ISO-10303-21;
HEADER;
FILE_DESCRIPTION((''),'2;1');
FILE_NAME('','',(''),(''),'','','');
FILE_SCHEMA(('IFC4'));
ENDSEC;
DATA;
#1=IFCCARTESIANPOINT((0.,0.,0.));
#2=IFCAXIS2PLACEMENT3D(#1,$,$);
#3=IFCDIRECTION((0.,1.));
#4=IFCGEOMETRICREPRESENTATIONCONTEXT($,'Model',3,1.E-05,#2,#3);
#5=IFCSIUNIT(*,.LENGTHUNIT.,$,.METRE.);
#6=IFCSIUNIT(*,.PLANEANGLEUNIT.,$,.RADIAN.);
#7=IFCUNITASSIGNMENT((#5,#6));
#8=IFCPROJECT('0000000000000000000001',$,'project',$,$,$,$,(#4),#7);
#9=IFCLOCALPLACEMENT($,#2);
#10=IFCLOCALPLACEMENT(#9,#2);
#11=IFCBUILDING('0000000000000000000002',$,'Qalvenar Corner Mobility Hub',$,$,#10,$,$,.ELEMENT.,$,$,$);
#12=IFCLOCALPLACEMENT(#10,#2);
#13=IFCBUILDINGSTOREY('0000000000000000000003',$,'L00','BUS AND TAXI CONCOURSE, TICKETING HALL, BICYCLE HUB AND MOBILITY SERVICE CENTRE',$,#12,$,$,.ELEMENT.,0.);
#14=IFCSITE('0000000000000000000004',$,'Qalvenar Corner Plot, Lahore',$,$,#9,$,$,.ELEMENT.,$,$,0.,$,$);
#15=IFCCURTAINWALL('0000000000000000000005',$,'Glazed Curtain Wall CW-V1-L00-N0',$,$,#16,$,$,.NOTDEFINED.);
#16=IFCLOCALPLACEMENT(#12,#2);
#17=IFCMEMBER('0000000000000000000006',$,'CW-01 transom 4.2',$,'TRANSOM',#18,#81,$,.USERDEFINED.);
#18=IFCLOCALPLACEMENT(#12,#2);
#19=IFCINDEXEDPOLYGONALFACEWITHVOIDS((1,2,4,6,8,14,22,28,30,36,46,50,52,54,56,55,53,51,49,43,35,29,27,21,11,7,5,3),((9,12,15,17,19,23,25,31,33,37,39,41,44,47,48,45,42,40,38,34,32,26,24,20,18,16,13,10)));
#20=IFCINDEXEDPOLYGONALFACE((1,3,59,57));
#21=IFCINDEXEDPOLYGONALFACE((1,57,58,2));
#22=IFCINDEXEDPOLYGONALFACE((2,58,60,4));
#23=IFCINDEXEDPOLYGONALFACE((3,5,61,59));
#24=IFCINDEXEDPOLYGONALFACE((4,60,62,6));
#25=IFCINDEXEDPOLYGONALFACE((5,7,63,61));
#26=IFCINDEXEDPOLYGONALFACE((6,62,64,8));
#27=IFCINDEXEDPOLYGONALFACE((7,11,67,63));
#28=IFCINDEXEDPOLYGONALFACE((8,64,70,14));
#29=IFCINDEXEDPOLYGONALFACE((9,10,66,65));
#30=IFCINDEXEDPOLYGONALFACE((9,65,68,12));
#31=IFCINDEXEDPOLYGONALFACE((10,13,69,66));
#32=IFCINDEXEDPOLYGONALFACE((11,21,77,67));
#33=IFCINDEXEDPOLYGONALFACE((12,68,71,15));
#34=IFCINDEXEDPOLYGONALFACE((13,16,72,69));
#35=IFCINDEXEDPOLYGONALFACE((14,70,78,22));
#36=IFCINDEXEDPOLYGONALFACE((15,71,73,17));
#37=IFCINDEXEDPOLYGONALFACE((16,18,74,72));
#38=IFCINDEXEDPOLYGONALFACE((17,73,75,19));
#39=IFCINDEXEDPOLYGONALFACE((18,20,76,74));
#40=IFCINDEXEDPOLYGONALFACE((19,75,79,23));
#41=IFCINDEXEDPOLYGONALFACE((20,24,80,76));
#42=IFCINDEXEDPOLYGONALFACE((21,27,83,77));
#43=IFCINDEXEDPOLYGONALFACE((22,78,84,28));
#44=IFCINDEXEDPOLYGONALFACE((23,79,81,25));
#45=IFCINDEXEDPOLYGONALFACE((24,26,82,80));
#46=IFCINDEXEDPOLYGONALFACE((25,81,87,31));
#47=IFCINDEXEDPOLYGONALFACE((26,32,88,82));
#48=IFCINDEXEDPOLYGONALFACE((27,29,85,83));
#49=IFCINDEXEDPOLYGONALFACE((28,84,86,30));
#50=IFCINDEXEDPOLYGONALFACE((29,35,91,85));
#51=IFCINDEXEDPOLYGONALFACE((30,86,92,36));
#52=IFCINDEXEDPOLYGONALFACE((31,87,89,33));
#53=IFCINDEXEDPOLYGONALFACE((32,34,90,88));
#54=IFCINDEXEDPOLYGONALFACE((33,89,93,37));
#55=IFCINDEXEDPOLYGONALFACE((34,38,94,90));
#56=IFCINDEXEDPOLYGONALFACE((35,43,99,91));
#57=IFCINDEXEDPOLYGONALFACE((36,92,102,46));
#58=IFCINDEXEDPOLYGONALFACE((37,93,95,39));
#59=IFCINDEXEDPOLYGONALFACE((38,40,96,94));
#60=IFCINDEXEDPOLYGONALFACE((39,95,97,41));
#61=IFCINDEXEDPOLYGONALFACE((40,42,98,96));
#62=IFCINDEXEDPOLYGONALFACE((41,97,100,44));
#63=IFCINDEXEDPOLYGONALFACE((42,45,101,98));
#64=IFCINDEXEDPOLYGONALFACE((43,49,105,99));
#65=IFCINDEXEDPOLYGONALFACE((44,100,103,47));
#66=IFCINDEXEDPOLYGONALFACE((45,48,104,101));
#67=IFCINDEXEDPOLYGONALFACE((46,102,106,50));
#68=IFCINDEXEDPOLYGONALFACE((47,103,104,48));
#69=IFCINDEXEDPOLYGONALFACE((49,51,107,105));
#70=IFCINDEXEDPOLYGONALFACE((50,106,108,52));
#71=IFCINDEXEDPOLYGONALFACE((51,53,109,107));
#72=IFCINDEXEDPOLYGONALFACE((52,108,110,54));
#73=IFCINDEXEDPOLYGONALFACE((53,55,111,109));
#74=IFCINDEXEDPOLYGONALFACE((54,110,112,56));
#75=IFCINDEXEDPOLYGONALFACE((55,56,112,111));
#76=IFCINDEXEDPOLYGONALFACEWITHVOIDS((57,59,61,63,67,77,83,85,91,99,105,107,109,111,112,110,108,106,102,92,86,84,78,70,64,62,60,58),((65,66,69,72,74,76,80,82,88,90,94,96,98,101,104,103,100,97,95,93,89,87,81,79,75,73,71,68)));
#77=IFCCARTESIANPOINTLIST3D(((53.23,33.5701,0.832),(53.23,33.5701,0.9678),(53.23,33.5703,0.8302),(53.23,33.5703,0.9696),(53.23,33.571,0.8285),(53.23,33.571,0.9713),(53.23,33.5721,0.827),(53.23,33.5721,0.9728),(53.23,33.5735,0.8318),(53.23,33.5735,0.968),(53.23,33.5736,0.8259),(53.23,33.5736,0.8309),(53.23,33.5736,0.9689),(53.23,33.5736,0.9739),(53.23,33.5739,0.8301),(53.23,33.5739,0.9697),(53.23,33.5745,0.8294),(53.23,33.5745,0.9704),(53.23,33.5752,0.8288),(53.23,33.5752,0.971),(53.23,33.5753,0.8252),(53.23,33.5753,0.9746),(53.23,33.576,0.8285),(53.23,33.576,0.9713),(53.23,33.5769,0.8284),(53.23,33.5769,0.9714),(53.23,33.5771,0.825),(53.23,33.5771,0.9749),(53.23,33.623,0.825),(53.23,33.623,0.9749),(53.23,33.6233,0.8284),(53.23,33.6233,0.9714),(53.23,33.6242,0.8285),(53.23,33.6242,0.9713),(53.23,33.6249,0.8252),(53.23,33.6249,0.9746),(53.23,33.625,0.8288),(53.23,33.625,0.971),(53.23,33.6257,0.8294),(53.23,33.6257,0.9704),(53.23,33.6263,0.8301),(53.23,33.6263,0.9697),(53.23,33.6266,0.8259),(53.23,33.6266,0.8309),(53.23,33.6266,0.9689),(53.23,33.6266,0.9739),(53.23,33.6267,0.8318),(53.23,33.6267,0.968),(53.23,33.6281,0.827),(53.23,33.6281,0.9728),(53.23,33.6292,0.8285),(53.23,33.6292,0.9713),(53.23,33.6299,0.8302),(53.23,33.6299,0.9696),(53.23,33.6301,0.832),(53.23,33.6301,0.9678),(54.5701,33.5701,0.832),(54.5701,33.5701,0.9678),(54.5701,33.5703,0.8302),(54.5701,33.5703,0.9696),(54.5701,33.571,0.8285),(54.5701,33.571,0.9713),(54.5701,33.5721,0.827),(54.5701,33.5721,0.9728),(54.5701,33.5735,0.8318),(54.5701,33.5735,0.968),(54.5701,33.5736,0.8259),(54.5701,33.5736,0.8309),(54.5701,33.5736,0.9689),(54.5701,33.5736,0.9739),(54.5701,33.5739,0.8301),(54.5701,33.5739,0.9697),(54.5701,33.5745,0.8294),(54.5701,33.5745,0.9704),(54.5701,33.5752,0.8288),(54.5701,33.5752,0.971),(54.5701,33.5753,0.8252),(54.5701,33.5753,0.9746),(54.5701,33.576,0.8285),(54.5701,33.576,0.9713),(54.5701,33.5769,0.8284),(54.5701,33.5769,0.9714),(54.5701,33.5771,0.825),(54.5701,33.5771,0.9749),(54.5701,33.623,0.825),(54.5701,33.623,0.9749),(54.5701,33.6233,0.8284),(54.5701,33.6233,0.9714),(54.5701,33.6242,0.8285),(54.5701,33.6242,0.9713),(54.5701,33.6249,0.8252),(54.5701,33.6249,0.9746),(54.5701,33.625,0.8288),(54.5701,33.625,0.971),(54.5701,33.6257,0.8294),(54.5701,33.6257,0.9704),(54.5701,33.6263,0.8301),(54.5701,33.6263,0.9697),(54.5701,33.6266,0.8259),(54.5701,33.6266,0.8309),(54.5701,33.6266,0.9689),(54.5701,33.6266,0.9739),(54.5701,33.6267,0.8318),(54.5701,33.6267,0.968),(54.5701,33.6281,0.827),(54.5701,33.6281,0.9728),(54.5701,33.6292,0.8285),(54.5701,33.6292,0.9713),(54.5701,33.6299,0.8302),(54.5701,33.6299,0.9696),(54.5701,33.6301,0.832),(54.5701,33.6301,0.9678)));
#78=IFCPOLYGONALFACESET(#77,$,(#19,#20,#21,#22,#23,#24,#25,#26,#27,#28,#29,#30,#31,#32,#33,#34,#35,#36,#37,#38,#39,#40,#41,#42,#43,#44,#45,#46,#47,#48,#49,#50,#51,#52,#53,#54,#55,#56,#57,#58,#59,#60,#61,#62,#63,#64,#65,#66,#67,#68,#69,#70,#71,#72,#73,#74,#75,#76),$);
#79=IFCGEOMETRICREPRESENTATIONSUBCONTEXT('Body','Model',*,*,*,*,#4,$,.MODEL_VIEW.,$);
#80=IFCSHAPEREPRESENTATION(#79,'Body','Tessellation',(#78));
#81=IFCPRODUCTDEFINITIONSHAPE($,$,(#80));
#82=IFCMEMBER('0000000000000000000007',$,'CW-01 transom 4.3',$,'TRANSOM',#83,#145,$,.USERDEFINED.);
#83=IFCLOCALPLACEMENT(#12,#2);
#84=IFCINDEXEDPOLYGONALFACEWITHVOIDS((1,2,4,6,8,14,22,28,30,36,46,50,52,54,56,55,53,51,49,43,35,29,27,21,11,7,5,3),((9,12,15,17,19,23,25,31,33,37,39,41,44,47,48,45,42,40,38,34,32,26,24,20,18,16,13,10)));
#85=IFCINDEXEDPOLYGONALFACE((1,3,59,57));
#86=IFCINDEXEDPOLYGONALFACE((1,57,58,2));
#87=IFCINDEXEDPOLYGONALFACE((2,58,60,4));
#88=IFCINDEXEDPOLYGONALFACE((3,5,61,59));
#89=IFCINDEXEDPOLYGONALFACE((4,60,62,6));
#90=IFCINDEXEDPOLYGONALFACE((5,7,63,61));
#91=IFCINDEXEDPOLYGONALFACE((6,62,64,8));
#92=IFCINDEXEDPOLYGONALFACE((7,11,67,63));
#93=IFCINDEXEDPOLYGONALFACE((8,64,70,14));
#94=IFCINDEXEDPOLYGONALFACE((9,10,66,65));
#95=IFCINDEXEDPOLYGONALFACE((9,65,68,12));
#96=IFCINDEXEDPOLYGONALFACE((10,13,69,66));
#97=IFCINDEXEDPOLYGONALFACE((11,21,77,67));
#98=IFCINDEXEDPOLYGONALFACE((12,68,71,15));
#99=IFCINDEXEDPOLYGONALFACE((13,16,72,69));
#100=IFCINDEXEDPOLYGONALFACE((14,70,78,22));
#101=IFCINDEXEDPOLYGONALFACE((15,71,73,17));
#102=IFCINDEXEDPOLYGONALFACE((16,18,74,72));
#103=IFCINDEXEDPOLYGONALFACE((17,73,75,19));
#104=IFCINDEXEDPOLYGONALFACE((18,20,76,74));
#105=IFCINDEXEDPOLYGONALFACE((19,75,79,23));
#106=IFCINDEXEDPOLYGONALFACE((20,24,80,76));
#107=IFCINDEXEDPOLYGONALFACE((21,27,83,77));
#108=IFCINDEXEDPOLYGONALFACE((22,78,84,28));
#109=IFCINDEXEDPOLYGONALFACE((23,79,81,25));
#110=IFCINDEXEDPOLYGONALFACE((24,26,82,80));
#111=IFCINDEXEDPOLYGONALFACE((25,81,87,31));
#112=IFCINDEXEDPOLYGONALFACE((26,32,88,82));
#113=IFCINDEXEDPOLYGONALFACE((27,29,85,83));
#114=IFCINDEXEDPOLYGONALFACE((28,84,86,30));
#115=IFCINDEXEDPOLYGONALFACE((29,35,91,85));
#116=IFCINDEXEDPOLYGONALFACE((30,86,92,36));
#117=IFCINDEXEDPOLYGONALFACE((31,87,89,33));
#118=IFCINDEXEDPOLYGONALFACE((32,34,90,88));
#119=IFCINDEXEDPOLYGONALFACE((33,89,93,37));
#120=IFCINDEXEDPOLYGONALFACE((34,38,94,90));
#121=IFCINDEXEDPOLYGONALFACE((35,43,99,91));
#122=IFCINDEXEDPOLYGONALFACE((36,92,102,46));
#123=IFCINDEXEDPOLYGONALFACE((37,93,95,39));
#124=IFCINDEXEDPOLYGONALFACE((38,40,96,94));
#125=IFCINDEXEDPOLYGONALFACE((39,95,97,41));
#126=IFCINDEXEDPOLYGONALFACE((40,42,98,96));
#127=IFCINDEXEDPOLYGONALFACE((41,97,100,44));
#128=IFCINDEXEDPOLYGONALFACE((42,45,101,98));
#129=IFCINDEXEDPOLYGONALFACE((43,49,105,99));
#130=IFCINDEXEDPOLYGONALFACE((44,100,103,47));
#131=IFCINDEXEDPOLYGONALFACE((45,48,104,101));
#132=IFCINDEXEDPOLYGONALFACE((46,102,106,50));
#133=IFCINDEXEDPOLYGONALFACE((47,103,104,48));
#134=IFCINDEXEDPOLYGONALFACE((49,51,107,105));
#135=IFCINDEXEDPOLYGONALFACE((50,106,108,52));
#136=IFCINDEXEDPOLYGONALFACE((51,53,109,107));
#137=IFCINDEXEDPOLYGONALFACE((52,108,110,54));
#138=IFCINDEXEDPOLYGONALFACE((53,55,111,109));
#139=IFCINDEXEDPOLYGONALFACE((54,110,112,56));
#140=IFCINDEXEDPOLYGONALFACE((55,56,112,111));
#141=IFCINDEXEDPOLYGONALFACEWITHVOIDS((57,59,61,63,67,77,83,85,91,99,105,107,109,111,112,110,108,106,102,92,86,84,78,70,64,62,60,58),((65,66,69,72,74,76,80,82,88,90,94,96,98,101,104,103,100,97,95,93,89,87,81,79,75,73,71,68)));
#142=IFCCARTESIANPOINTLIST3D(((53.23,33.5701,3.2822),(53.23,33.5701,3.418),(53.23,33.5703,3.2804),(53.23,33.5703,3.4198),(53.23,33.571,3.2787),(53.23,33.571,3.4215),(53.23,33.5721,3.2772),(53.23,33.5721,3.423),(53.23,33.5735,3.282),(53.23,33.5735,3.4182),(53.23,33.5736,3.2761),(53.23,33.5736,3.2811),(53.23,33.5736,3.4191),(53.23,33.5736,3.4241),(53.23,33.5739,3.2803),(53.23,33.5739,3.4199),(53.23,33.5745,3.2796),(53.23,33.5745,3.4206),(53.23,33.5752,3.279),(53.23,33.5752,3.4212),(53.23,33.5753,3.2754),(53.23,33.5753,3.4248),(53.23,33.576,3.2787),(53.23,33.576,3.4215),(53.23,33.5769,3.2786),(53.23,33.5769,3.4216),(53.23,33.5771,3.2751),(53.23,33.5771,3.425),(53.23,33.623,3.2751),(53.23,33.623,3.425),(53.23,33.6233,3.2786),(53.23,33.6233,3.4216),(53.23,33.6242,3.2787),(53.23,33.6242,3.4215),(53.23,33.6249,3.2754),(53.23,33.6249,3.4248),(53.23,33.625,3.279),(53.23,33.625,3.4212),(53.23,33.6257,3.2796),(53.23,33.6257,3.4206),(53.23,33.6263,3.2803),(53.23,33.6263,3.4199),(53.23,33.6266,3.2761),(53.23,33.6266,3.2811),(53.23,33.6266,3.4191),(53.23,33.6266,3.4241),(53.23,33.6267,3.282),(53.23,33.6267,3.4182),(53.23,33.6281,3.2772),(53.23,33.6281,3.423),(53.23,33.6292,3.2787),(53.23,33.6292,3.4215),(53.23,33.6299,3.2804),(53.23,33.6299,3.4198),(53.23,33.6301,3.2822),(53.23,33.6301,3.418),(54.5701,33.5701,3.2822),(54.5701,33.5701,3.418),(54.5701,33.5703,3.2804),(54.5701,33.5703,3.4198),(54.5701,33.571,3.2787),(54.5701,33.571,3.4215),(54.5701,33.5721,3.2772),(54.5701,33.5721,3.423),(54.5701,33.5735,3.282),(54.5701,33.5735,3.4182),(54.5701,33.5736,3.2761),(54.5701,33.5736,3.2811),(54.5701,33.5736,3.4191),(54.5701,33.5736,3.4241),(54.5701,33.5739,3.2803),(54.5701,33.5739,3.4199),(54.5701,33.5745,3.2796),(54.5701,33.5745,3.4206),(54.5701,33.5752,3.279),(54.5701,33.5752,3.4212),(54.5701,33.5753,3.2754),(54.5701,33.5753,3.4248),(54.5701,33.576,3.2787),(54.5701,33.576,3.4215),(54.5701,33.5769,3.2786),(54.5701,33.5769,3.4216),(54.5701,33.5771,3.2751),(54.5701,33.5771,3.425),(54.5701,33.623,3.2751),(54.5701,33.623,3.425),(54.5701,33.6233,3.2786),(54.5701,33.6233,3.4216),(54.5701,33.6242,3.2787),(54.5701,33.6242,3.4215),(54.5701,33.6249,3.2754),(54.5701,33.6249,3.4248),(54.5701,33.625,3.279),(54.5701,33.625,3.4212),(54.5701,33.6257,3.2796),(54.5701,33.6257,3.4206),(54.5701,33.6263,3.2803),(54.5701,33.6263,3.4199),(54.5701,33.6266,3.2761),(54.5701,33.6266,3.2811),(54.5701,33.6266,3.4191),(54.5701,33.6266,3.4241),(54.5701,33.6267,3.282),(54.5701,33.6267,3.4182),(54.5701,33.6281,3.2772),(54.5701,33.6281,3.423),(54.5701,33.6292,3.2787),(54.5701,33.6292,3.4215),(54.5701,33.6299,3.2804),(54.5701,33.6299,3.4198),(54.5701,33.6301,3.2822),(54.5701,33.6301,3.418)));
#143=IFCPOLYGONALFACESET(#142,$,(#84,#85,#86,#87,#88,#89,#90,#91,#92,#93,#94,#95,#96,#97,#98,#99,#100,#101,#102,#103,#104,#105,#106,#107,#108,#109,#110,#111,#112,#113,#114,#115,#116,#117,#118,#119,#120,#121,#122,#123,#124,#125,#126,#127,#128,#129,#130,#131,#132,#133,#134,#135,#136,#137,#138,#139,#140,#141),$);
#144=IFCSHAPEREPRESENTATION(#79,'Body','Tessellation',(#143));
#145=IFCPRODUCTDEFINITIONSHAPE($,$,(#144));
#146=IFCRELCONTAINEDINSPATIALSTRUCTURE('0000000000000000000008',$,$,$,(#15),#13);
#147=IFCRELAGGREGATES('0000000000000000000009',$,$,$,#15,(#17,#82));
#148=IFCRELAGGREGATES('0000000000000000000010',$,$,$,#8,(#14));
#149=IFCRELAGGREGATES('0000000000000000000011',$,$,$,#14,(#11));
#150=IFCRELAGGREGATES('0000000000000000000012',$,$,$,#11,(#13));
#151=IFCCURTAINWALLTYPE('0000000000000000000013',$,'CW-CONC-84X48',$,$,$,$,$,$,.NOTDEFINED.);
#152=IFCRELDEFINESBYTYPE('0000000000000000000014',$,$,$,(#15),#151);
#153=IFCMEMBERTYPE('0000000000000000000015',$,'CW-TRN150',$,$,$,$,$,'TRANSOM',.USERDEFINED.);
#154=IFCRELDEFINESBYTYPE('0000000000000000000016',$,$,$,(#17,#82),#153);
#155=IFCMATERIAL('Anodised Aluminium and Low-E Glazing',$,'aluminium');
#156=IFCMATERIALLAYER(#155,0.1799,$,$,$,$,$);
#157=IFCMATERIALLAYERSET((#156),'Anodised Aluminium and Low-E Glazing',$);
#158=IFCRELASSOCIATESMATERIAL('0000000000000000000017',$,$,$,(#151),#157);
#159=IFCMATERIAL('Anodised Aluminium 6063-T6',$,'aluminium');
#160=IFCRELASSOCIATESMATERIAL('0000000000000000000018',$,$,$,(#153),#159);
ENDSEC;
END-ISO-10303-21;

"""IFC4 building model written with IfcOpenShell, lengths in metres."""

from ifc_helpers import new_model, si_unit, direction, frame, origin, origin_2d, place, context, subcontext, project, spatial, hollow_rectangle, extrude, material, layer, layer_set, material_profile, profile_set, type_object, element, aggregate, save


model = new_model("IFC4")

# Units and contexts
model_context = context("Model", 3, precision=1e-05, world=origin(), true_north=direction((0.0, 1.0)))
body_context = subcontext(model_context, "Body", "Model", "MODEL_VIEW")
ifc_project = project(units=[si_unit("LENGTHUNIT", "METRE"), si_unit("PLANEANGLEUNIT", "RADIAN")], contexts=[model_context])

# Site, building, storey
site_placement = place(None, origin())
site = spatial("IfcSite", under=ifc_project, at=site_placement, Name="Qalvenar Corner Plot, Lahore", CompositionType="ELEMENT", RefElevation=0.0)
building_placement = place(site_placement, origin())
building = spatial("IfcBuilding", under=site, at=building_placement, Name="Qalvenar Corner Mobility Hub", CompositionType="ELEMENT")
storey_placement = place(building_placement, origin())
storey = spatial("IfcBuildingStorey", under=building, at=storey_placement, Name="L00", Description="BUS AND TAXI CONCOURSE, TICKETING HALL, BICYCLE HUB AND MOBILITY SERVICE CENTRE", CompositionType="ELEMENT", Elevation=0.0)

# Shared definitions
ifc_material_1 = material(Name="Anodised Aluminium and Low-E Glazing", Category="aluminium")
ifc_material_2 = material(Name="Anodised Aluminium 6063-T6", Category="aluminium")

# Curtain wall, members
ifc_layer_1 = layer(ifc_material_1, 0.1799)
ifc_layer_set_1 = layer_set([ifc_layer_1], Name="Anodised Aluminium and Low-E Glazing")
curtain_wall_type_1 = type_object("IfcCurtainWallType", Name="CW-CONC-84X48", PredefinedType="NOTDEFINED", material=ifc_layer_set_1)
curtain_wall_1_placement = place(storey_placement, origin())
curtain_wall_1 = element("IfcCurtainWall", 1, at=curtain_wall_1_placement, inside=storey, type_object=curtain_wall_type_1, Name="Glazed Curtain Wall CW-V1-L00-N0", PredefinedType="NOTDEFINED")
ifc_material_profile_1 = material_profile(ifc_material_2, hollow_rectangle(XDim=0.0601, YDim=0.1499, WallThickness=0.0034, InnerFilletRadius=0.0034, OuterFilletRadius=0.0071, at=origin_2d()), Name="RHS150x60x3.5")
ifc_profile_set_1 = profile_set([ifc_material_profile_1], Name="Anodised Aluminium 6063-T6")
member_type_1 = type_object("IfcMemberType", Name="CW-TRN150", ElementType="TRANSOM", PredefinedType="USERDEFINED", material=ifc_profile_set_1)
member_1_placement = place(storey_placement, frame((54.5701, 33.6001, 0.8999), z_axis=(-1.0, 0.0, 0.0), x_axis=(0.0, -1.0, 0.0)))
member_1 = element("IfcMember", 2, at=member_1_placement, type_object=member_type_1, Name="CW-01 transom 4.2", ObjectType="TRANSOM", PredefinedType="USERDEFINED", context=body_context, shape_type="SweptSolid", body=[
    extrude(hollow_rectangle(XDim=0.0601, YDim=0.1499, WallThickness=0.0034, InnerFilletRadius=0.0034, OuterFilletRadius=0.0071, at=origin_2d()), origin(), (0.0, 0.0, 1.0), 1.3401),
])
member_2_placement = place(storey_placement, frame((54.5701, 33.6001, 3.3501), z_axis=(-1.0, 0.0, 0.0), x_axis=(0.0, -1.0, 0.0)))
member_2 = element("IfcMember", 3, at=member_2_placement, type_object=member_type_1, Name="CW-01 transom 4.3", ObjectType="TRANSOM", PredefinedType="USERDEFINED", context=body_context, shape_type="SweptSolid", body=[
    extrude(hollow_rectangle(XDim=0.0601, YDim=0.1499, WallThickness=0.0034, InnerFilletRadius=0.0034, OuterFilletRadius=0.0071, at=origin_2d()), origin(), (0.0, 0.0, 1.0), 1.3401),
])
aggregate(curtain_wall_1, [member_1, member_2])

save(model, "model.ifc")
